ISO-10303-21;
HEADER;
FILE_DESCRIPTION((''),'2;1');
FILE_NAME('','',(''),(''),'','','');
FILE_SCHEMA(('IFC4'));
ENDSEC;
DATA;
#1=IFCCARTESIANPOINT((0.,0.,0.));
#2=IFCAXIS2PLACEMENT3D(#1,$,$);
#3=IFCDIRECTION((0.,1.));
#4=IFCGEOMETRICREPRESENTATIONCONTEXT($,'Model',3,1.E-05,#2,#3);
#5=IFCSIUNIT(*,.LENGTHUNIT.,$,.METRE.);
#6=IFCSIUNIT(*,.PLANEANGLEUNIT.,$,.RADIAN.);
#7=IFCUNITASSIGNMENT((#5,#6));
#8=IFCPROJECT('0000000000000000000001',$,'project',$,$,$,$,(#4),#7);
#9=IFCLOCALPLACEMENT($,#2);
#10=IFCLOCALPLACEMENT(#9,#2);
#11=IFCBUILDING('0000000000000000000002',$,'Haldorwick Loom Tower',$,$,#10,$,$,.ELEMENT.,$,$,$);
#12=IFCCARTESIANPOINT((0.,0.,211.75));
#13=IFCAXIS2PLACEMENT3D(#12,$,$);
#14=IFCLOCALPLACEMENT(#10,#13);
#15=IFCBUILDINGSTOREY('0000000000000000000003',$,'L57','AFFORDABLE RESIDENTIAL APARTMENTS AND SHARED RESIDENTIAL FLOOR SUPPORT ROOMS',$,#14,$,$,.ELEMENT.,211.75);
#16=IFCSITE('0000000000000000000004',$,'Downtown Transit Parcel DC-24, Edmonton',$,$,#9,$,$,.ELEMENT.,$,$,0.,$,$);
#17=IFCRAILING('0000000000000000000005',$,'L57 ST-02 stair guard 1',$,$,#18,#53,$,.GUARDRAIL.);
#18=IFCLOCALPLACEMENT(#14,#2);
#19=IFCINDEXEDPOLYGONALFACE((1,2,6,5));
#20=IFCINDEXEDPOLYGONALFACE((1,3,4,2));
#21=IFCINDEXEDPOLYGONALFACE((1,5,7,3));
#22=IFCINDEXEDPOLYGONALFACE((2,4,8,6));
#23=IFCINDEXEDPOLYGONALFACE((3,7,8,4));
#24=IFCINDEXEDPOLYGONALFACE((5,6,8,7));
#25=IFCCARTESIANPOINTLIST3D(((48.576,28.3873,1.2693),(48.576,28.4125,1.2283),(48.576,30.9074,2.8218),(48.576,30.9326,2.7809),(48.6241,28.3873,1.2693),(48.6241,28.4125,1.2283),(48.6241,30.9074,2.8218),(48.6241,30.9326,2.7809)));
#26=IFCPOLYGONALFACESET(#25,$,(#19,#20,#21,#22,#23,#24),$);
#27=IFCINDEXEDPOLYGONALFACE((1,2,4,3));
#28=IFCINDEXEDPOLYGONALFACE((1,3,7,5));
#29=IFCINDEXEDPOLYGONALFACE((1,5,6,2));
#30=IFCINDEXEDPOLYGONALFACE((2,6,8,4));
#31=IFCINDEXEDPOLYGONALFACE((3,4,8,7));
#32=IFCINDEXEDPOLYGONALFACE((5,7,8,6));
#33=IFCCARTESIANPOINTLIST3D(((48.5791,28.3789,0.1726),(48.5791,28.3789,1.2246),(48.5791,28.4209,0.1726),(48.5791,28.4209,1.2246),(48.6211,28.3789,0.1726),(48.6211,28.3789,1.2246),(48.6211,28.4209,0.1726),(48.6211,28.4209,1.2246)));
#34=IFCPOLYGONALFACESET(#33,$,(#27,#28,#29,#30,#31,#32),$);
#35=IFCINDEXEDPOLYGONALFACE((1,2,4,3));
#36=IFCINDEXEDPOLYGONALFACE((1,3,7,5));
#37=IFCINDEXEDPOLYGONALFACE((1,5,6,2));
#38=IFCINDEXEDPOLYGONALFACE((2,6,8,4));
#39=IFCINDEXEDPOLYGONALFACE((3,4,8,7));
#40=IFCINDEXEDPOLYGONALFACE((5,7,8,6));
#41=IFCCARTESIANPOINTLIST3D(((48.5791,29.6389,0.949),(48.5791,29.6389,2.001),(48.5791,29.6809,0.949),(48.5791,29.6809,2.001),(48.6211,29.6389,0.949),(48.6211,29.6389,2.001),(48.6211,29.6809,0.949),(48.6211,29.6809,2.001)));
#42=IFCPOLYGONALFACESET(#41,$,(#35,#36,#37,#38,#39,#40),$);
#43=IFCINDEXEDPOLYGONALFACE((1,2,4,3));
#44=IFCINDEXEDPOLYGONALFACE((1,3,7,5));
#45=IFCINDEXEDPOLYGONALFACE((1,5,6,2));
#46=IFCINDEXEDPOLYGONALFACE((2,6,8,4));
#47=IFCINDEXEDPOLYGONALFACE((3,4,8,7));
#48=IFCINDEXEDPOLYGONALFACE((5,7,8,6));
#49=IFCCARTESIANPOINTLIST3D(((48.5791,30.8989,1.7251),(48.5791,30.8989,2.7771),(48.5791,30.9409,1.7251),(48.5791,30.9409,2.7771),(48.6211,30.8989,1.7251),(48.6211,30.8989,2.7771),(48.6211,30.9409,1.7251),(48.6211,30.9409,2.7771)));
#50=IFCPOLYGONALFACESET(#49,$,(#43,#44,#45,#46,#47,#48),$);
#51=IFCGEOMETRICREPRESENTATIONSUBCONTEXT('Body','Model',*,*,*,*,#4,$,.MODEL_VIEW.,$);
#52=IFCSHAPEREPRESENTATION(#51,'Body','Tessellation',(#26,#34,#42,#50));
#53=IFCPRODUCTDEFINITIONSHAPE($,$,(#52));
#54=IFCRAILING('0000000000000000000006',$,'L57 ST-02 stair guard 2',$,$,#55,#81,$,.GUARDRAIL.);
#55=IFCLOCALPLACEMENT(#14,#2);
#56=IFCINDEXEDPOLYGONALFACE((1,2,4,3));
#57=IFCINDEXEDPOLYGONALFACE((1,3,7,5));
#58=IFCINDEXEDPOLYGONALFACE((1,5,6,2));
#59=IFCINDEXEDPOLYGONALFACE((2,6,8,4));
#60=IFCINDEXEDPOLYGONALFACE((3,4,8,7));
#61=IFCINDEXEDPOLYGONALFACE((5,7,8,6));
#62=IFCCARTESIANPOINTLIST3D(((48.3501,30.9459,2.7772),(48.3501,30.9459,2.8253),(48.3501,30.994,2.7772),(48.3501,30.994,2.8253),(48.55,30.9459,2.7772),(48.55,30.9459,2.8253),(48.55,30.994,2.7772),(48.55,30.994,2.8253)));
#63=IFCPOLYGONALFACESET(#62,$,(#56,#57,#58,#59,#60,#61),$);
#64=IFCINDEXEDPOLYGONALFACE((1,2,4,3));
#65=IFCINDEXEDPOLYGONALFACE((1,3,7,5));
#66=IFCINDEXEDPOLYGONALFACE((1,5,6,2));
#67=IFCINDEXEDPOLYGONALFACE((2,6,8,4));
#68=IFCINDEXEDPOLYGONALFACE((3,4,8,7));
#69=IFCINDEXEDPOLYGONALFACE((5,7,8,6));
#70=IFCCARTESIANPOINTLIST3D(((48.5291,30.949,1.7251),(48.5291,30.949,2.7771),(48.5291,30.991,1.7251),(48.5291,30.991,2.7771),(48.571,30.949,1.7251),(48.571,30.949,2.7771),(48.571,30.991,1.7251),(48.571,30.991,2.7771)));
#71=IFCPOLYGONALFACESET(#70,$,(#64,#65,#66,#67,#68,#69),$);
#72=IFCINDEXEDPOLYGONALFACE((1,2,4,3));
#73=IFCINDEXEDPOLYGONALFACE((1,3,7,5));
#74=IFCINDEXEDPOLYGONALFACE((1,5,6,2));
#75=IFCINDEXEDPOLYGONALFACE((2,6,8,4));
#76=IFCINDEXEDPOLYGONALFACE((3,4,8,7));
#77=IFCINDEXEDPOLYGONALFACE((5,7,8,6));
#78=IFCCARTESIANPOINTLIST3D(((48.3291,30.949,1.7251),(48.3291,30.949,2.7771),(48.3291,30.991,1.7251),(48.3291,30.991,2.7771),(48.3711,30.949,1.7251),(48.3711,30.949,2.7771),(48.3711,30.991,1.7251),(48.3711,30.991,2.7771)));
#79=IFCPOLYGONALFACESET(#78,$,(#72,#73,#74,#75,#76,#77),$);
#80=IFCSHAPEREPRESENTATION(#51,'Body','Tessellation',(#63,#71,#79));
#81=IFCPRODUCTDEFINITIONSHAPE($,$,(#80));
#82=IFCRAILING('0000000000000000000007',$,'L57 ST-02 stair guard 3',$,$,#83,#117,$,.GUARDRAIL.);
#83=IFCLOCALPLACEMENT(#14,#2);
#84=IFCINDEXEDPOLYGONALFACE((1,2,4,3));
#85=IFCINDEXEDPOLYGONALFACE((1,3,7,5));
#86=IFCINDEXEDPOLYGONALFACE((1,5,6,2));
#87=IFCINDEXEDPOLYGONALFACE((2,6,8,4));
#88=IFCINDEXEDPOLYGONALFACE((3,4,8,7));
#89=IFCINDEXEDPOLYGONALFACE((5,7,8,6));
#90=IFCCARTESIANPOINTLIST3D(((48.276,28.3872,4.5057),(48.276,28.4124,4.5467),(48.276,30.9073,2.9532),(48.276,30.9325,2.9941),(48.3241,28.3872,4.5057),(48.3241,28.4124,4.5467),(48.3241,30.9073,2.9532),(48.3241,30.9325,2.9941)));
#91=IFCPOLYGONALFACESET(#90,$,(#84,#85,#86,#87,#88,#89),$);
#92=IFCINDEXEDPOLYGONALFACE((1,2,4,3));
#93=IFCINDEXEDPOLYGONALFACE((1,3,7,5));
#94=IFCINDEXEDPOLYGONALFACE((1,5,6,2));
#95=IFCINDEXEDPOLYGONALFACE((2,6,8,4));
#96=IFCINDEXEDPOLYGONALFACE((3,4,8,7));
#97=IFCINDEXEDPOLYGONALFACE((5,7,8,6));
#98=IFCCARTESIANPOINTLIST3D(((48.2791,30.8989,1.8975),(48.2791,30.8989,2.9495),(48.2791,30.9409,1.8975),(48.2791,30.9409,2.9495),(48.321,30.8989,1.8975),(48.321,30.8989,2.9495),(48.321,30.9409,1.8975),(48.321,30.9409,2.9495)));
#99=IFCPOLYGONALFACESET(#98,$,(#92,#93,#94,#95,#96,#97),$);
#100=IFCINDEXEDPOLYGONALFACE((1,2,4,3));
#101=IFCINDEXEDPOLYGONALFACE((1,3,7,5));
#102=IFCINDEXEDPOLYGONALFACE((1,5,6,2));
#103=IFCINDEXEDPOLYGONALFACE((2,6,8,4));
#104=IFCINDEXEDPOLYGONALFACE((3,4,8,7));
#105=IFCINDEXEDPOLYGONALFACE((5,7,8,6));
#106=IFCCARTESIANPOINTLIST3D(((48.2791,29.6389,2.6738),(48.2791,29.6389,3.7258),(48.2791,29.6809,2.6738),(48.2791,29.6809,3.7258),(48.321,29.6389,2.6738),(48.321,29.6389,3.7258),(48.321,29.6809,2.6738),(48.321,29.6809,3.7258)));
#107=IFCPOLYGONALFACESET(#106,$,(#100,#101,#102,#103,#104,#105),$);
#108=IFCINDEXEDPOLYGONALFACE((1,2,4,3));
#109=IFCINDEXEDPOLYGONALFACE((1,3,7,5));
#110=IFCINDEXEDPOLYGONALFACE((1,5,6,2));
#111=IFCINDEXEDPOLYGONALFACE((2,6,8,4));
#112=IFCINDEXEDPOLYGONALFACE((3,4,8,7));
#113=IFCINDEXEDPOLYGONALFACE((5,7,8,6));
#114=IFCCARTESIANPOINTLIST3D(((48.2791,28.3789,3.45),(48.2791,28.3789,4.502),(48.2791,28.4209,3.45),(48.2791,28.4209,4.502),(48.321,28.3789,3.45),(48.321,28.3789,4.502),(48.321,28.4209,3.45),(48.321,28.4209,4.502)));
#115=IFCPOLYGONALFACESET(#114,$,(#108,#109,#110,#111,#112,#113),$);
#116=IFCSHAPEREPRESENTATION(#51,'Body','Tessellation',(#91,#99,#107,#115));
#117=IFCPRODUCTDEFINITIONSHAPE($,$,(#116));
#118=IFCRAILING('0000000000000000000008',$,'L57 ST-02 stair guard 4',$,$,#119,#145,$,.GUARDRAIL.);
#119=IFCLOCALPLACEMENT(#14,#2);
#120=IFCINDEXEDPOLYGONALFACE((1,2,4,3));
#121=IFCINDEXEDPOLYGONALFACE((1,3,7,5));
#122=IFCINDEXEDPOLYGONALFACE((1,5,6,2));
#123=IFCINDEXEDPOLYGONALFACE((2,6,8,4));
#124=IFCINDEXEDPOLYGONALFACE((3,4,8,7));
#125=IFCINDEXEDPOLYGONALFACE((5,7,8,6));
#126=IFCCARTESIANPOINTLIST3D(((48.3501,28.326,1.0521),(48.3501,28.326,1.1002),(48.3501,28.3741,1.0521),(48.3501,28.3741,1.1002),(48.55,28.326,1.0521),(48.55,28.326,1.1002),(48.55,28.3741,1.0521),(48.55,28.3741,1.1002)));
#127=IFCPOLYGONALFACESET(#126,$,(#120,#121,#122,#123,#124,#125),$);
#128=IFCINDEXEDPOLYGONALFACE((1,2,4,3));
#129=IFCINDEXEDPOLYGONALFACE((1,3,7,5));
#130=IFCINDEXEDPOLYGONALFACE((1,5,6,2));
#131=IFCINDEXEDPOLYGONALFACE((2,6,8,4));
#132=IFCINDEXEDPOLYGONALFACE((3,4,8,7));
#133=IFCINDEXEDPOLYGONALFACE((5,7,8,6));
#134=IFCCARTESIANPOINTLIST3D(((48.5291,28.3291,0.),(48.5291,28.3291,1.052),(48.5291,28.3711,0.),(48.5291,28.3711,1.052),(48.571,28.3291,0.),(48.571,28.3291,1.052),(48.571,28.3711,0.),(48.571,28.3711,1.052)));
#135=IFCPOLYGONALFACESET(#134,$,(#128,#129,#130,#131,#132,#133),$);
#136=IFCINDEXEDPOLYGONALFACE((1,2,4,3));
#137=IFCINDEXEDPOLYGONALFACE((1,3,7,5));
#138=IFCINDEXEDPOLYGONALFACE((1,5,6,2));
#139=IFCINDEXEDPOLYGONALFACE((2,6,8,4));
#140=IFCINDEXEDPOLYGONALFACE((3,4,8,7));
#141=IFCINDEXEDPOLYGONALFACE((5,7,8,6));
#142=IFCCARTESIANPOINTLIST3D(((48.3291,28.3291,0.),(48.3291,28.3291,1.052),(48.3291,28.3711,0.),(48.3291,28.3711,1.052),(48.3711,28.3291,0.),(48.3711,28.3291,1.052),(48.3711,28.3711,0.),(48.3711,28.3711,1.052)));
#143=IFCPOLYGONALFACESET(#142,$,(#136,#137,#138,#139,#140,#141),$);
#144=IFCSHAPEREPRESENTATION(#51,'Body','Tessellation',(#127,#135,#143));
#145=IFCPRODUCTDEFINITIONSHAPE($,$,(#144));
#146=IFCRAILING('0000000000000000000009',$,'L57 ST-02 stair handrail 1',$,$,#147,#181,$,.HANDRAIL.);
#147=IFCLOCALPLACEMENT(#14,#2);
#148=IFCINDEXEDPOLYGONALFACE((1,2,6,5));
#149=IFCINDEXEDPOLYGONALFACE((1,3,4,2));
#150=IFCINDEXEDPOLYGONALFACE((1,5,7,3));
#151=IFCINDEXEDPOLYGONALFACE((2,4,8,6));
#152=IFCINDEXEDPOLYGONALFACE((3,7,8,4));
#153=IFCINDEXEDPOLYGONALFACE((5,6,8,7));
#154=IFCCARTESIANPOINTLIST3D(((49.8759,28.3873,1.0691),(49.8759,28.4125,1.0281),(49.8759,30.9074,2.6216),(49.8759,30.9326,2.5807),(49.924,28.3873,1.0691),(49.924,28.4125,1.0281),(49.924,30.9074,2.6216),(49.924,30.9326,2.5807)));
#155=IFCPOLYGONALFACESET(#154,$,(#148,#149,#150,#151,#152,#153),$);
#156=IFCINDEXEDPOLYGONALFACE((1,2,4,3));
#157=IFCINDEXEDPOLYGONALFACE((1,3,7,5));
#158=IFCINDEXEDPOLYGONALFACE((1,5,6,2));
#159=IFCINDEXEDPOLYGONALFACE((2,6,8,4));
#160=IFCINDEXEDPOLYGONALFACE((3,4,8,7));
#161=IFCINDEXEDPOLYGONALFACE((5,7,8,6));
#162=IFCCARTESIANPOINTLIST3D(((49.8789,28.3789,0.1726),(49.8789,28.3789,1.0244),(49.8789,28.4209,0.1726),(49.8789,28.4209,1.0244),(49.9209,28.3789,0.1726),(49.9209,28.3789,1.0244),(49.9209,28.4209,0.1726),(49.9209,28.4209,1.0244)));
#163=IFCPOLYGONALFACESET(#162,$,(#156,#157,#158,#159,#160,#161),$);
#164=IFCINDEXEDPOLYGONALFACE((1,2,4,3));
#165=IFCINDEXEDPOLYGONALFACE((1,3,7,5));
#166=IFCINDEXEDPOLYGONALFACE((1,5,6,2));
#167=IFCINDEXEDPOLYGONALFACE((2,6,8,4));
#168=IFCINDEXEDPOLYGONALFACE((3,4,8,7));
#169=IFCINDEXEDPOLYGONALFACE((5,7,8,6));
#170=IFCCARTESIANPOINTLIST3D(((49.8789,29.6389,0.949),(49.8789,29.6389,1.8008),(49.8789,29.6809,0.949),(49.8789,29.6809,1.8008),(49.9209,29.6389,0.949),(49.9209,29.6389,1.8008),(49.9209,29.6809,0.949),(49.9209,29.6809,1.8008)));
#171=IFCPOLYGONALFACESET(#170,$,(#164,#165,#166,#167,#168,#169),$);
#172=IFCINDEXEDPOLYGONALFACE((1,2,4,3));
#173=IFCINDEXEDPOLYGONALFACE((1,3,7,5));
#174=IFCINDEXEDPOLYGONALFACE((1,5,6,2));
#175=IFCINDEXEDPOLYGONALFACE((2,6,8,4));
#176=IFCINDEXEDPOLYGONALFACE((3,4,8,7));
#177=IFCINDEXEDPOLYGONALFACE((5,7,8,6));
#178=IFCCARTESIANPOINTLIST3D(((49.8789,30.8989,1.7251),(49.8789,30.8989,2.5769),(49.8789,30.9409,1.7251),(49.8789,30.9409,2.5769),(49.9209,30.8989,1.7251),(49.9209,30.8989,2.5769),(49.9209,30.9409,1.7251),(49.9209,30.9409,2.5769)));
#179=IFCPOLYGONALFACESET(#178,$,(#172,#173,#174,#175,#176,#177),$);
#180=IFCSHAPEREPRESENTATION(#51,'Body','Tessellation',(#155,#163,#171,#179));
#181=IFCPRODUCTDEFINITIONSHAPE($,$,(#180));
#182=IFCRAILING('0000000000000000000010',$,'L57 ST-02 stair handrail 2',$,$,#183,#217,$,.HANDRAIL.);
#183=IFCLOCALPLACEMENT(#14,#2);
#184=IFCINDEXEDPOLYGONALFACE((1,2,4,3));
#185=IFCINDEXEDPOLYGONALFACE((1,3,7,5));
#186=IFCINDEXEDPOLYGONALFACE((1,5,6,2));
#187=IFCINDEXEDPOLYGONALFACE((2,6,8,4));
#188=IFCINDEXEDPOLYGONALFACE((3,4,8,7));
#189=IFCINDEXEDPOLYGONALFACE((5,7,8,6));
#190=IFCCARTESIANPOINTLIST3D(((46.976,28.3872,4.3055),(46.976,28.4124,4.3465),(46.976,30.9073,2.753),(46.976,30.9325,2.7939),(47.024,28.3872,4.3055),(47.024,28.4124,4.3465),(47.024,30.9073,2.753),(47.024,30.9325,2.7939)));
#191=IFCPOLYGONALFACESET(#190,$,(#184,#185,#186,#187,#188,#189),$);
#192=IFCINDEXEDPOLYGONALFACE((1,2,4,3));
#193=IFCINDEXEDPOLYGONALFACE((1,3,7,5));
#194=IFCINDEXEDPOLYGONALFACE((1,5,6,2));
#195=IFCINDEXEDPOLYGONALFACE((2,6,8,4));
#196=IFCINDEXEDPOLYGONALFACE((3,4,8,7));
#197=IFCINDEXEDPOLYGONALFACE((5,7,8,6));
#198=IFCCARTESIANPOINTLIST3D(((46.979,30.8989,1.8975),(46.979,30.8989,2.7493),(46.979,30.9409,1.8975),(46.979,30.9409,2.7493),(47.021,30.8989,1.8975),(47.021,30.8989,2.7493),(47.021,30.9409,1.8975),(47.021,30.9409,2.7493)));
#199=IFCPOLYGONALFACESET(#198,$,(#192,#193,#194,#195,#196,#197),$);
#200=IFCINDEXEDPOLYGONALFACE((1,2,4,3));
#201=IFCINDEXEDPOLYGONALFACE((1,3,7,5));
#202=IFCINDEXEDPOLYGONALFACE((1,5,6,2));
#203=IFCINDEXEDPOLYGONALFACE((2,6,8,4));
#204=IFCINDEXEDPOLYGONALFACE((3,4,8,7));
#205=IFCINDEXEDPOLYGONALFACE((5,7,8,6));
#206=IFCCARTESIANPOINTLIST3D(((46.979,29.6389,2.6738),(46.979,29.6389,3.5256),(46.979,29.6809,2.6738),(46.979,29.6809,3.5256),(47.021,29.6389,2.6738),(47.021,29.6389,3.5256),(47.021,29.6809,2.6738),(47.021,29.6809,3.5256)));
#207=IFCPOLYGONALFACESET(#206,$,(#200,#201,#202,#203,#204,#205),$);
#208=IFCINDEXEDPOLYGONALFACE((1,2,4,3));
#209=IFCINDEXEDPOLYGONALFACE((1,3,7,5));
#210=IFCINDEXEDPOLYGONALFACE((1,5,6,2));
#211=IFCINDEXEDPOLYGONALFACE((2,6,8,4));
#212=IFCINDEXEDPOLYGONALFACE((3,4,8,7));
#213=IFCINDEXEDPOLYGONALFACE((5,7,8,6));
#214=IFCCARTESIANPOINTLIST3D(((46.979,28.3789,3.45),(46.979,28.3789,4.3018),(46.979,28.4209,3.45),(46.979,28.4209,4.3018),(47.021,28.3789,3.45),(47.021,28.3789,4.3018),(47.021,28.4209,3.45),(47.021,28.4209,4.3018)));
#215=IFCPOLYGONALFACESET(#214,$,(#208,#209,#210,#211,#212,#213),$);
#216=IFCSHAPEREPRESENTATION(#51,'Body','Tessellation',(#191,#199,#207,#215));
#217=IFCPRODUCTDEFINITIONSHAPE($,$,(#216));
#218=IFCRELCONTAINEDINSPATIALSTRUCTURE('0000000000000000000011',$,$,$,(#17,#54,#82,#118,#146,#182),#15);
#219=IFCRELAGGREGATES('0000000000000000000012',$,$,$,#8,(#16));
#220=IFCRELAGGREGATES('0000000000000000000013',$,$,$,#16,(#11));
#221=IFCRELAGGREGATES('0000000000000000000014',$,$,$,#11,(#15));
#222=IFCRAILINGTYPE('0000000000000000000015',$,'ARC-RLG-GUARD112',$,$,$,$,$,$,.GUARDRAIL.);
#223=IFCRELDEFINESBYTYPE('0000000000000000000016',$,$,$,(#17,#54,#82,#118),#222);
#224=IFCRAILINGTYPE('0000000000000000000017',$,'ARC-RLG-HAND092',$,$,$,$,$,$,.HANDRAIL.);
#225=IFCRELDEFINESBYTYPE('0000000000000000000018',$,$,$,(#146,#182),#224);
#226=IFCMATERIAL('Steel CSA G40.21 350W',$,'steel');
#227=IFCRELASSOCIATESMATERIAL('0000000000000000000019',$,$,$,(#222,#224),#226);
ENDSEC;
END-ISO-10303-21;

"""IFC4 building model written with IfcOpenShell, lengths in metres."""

from ifc_helpers import new_model, si_unit, direction, frame, origin, origin_2d, place, context, subcontext, project, spatial, rectangle, extrude, material, type_object, element, save


model = new_model("IFC4")

# Units and contexts
model_context = context("Model", 3, precision=1e-05, world=origin(), true_north=direction((0.0, 1.0)))
body_context = subcontext(model_context, "Body", "Model", "MODEL_VIEW")
ifc_project = project(units=[si_unit("LENGTHUNIT", "METRE"), si_unit("PLANEANGLEUNIT", "RADIAN")], contexts=[model_context])

# Site, building, storey
site_placement = place(None, origin())
site = spatial("IfcSite", under=ifc_project, at=site_placement, Name="Downtown Transit Parcel DC-24, Edmonton", CompositionType="ELEMENT", RefElevation=0.0)
building_placement = place(site_placement, origin())
building = spatial("IfcBuilding", under=site, at=building_placement, Name="Haldorwick Loom Tower", CompositionType="ELEMENT")
storey_placement = place(building_placement, frame((0.0, 0.0, 211.75)))
storey = spatial("IfcBuildingStorey", under=building, at=storey_placement, Name="L57", Description="AFFORDABLE RESIDENTIAL APARTMENTS AND SHARED RESIDENTIAL FLOOR SUPPORT ROOMS", CompositionType="ELEMENT", Elevation=211.75)

# Shared definitions
ifc_material_1 = material(Name="Steel CSA G40.21 350W", Category="steel")

# Railings
railing_type_1 = type_object("IfcRailingType", Name="ARC-RLG-GUARD112", PredefinedType="GUARDRAIL", material=ifc_material_1)
railing_1_placement = place(storey_placement, frame((48.6001, 28.3999, 0.1726)))
element("IfcRailing", 1, at=railing_1_placement, inside=storey, type_object=railing_type_1, Name="L57 ST-02 stair guard 1", PredefinedType="GUARDRAIL", context=body_context, shape_type="SweptSolid", body=[
    extrude(rectangle(XDim=0.0481, YDim=0.0481, at=origin_2d()), frame((0.0, 0.0, 1.0762), z_axis=(0.0, 0.8514, 0.524516), x_axis=(-1.0, 0.0, 0.0)), (0.0, 0.0, 1.0), 2.96),
    extrude(rectangle(XDim=0.042, YDim=0.042, at=origin_2d()), origin(), (0.0, 0.0, 1.0), 1.052),
    extrude(rectangle(XDim=0.042, YDim=0.042, at=origin_2d()), frame((0.0, 1.26, 0.7764)), (0.0, 0.0, 1.0), 1.052),
    extrude(rectangle(XDim=0.042, YDim=0.042, at=origin_2d()), frame((0.0, 2.52, 1.5525)), (0.0, 0.0, 1.0), 1.052),
])
railing_2_placement = place(storey_placement, frame((48.55, 30.97, 1.7251)))
element("IfcRailing", 2, at=railing_2_placement, inside=storey, type_object=railing_type_1, Name="L57 ST-02 stair guard 2", PredefinedType="GUARDRAIL", context=body_context, shape_type="SweptSolid", body=[
    extrude(rectangle(XDim=0.0481, YDim=0.0481, at=origin_2d()), frame((0.0, 0.0, 1.0762), z_axis=(-1.0, 0.0, 0.0), x_axis=(0.0, -1.0, 0.0)), (0.0, 0.0, 1.0), 0.2),
    extrude(rectangle(XDim=0.042, YDim=0.042, at=origin_2d()), origin(), (0.0, 0.0, 1.0), 1.052),
    extrude(rectangle(XDim=0.042, YDim=0.042, at=origin_2d()), frame((-0.2, 0.0, 0.0)), (0.0, 0.0, 1.0), 1.052),
])
railing_3_placement = place(storey_placement, frame((48.3, 30.9199, 1.8975)))
element("IfcRailing", 3, at=railing_3_placement, inside=storey, type_object=railing_type_1, Name="L57 ST-02 stair guard 3", PredefinedType="GUARDRAIL", context=body_context, shape_type="SweptSolid", body=[
    extrude(rectangle(XDim=0.0481, YDim=0.0481, at=origin_2d()), frame((0.0, 0.0, 1.0762), z_axis=(0.0, -0.8514, 0.524516), x_axis=(1.0, 0.0, 0.0)), (0.0, 0.0, 1.0), 2.96),
    extrude(rectangle(XDim=0.042, YDim=0.042, at=origin_2d()), origin(), (0.0, 0.0, 1.0), 1.052),
    extrude(rectangle(XDim=0.042, YDim=0.042, at=origin_2d()), frame((0.0, -1.26, 0.7764)), (0.0, 0.0, 1.0), 1.052),
    extrude(rectangle(XDim=0.042, YDim=0.042, at=origin_2d()), frame((0.0, -2.52, 1.5525)), (0.0, 0.0, 1.0), 1.052),
])
railing_4_placement = place(storey_placement, frame((48.55, 28.3501, 0.0)))
element("IfcRailing", 4, at=railing_4_placement, inside=storey, type_object=railing_type_1, Name="L57 ST-02 stair guard 4", PredefinedType="GUARDRAIL", context=body_context, shape_type="SweptSolid", body=[
    extrude(rectangle(XDim=0.0481, YDim=0.0481, at=origin_2d()), frame((0.0, 0.0, 1.0762), z_axis=(-1.0, 0.0, 0.0), x_axis=(0.0, -1.0, 0.0)), (0.0, 0.0, 1.0), 0.2),
    extrude(rectangle(XDim=0.042, YDim=0.042, at=origin_2d()), origin(), (0.0, 0.0, 1.0), 1.052),
    extrude(rectangle(XDim=0.042, YDim=0.042, at=origin_2d()), frame((-0.2, 0.0, 0.0)), (0.0, 0.0, 1.0), 1.052),
])
railing_type_2 = type_object("IfcRailingType", Name="ARC-RLG-HAND092", PredefinedType="HANDRAIL", material=ifc_material_1)
railing_5_placement = place(storey_placement, frame((49.8999, 28.3999, 0.1726)))
element("IfcRailing", 5, at=railing_5_placement, inside=storey, type_object=railing_type_2, Name="L57 ST-02 stair handrail 1", PredefinedType="HANDRAIL", context=body_context, shape_type="SweptSolid", body=[
    extrude(rectangle(XDim=0.0481, YDim=0.0481, at=origin_2d()), frame((0.0, 0.0, 0.876), z_axis=(0.0, 0.8514, 0.524516), x_axis=(-1.0, 0.0, 0.0)), (0.0, 0.0, 1.0), 2.96),
    extrude(rectangle(XDim=0.042, YDim=0.042, at=origin_2d()), origin(), (0.0, 0.0, 1.0), 0.8518),
    extrude(rectangle(XDim=0.042, YDim=0.042, at=origin_2d()), frame((0.0, 1.26, 0.7764)), (0.0, 0.0, 1.0), 0.8518),
    extrude(rectangle(XDim=0.042, YDim=0.042, at=origin_2d()), frame((0.0, 2.52, 1.5525)), (0.0, 0.0, 1.0), 0.8518),
])
railing_6_placement = place(storey_placement, frame((47.0, 30.9199, 1.8975)))
element("IfcRailing", 6, at=railing_6_placement, inside=storey, type_object=railing_type_2, Name="L57 ST-02 stair handrail 2", PredefinedType="HANDRAIL", context=body_context, shape_type="SweptSolid", body=[
    extrude(rectangle(XDim=0.0481, YDim=0.0481, at=origin_2d()), frame((0.0, 0.0, 0.876), z_axis=(0.0, -0.8514, 0.524516), x_axis=(1.0, 0.0, 0.0)), (0.0, 0.0, 1.0), 2.96),
    extrude(rectangle(XDim=0.042, YDim=0.042, at=origin_2d()), origin(), (0.0, 0.0, 1.0), 0.8518),
    extrude(rectangle(XDim=0.042, YDim=0.042, at=origin_2d()), frame((0.0, -1.26, 0.7764)), (0.0, 0.0, 1.0), 0.8518),
    extrude(rectangle(XDim=0.042, YDim=0.042, at=origin_2d()), frame((0.0, -2.52, 1.5525)), (0.0, 0.0, 1.0), 0.8518),
])

save(model, "model.ifc")
